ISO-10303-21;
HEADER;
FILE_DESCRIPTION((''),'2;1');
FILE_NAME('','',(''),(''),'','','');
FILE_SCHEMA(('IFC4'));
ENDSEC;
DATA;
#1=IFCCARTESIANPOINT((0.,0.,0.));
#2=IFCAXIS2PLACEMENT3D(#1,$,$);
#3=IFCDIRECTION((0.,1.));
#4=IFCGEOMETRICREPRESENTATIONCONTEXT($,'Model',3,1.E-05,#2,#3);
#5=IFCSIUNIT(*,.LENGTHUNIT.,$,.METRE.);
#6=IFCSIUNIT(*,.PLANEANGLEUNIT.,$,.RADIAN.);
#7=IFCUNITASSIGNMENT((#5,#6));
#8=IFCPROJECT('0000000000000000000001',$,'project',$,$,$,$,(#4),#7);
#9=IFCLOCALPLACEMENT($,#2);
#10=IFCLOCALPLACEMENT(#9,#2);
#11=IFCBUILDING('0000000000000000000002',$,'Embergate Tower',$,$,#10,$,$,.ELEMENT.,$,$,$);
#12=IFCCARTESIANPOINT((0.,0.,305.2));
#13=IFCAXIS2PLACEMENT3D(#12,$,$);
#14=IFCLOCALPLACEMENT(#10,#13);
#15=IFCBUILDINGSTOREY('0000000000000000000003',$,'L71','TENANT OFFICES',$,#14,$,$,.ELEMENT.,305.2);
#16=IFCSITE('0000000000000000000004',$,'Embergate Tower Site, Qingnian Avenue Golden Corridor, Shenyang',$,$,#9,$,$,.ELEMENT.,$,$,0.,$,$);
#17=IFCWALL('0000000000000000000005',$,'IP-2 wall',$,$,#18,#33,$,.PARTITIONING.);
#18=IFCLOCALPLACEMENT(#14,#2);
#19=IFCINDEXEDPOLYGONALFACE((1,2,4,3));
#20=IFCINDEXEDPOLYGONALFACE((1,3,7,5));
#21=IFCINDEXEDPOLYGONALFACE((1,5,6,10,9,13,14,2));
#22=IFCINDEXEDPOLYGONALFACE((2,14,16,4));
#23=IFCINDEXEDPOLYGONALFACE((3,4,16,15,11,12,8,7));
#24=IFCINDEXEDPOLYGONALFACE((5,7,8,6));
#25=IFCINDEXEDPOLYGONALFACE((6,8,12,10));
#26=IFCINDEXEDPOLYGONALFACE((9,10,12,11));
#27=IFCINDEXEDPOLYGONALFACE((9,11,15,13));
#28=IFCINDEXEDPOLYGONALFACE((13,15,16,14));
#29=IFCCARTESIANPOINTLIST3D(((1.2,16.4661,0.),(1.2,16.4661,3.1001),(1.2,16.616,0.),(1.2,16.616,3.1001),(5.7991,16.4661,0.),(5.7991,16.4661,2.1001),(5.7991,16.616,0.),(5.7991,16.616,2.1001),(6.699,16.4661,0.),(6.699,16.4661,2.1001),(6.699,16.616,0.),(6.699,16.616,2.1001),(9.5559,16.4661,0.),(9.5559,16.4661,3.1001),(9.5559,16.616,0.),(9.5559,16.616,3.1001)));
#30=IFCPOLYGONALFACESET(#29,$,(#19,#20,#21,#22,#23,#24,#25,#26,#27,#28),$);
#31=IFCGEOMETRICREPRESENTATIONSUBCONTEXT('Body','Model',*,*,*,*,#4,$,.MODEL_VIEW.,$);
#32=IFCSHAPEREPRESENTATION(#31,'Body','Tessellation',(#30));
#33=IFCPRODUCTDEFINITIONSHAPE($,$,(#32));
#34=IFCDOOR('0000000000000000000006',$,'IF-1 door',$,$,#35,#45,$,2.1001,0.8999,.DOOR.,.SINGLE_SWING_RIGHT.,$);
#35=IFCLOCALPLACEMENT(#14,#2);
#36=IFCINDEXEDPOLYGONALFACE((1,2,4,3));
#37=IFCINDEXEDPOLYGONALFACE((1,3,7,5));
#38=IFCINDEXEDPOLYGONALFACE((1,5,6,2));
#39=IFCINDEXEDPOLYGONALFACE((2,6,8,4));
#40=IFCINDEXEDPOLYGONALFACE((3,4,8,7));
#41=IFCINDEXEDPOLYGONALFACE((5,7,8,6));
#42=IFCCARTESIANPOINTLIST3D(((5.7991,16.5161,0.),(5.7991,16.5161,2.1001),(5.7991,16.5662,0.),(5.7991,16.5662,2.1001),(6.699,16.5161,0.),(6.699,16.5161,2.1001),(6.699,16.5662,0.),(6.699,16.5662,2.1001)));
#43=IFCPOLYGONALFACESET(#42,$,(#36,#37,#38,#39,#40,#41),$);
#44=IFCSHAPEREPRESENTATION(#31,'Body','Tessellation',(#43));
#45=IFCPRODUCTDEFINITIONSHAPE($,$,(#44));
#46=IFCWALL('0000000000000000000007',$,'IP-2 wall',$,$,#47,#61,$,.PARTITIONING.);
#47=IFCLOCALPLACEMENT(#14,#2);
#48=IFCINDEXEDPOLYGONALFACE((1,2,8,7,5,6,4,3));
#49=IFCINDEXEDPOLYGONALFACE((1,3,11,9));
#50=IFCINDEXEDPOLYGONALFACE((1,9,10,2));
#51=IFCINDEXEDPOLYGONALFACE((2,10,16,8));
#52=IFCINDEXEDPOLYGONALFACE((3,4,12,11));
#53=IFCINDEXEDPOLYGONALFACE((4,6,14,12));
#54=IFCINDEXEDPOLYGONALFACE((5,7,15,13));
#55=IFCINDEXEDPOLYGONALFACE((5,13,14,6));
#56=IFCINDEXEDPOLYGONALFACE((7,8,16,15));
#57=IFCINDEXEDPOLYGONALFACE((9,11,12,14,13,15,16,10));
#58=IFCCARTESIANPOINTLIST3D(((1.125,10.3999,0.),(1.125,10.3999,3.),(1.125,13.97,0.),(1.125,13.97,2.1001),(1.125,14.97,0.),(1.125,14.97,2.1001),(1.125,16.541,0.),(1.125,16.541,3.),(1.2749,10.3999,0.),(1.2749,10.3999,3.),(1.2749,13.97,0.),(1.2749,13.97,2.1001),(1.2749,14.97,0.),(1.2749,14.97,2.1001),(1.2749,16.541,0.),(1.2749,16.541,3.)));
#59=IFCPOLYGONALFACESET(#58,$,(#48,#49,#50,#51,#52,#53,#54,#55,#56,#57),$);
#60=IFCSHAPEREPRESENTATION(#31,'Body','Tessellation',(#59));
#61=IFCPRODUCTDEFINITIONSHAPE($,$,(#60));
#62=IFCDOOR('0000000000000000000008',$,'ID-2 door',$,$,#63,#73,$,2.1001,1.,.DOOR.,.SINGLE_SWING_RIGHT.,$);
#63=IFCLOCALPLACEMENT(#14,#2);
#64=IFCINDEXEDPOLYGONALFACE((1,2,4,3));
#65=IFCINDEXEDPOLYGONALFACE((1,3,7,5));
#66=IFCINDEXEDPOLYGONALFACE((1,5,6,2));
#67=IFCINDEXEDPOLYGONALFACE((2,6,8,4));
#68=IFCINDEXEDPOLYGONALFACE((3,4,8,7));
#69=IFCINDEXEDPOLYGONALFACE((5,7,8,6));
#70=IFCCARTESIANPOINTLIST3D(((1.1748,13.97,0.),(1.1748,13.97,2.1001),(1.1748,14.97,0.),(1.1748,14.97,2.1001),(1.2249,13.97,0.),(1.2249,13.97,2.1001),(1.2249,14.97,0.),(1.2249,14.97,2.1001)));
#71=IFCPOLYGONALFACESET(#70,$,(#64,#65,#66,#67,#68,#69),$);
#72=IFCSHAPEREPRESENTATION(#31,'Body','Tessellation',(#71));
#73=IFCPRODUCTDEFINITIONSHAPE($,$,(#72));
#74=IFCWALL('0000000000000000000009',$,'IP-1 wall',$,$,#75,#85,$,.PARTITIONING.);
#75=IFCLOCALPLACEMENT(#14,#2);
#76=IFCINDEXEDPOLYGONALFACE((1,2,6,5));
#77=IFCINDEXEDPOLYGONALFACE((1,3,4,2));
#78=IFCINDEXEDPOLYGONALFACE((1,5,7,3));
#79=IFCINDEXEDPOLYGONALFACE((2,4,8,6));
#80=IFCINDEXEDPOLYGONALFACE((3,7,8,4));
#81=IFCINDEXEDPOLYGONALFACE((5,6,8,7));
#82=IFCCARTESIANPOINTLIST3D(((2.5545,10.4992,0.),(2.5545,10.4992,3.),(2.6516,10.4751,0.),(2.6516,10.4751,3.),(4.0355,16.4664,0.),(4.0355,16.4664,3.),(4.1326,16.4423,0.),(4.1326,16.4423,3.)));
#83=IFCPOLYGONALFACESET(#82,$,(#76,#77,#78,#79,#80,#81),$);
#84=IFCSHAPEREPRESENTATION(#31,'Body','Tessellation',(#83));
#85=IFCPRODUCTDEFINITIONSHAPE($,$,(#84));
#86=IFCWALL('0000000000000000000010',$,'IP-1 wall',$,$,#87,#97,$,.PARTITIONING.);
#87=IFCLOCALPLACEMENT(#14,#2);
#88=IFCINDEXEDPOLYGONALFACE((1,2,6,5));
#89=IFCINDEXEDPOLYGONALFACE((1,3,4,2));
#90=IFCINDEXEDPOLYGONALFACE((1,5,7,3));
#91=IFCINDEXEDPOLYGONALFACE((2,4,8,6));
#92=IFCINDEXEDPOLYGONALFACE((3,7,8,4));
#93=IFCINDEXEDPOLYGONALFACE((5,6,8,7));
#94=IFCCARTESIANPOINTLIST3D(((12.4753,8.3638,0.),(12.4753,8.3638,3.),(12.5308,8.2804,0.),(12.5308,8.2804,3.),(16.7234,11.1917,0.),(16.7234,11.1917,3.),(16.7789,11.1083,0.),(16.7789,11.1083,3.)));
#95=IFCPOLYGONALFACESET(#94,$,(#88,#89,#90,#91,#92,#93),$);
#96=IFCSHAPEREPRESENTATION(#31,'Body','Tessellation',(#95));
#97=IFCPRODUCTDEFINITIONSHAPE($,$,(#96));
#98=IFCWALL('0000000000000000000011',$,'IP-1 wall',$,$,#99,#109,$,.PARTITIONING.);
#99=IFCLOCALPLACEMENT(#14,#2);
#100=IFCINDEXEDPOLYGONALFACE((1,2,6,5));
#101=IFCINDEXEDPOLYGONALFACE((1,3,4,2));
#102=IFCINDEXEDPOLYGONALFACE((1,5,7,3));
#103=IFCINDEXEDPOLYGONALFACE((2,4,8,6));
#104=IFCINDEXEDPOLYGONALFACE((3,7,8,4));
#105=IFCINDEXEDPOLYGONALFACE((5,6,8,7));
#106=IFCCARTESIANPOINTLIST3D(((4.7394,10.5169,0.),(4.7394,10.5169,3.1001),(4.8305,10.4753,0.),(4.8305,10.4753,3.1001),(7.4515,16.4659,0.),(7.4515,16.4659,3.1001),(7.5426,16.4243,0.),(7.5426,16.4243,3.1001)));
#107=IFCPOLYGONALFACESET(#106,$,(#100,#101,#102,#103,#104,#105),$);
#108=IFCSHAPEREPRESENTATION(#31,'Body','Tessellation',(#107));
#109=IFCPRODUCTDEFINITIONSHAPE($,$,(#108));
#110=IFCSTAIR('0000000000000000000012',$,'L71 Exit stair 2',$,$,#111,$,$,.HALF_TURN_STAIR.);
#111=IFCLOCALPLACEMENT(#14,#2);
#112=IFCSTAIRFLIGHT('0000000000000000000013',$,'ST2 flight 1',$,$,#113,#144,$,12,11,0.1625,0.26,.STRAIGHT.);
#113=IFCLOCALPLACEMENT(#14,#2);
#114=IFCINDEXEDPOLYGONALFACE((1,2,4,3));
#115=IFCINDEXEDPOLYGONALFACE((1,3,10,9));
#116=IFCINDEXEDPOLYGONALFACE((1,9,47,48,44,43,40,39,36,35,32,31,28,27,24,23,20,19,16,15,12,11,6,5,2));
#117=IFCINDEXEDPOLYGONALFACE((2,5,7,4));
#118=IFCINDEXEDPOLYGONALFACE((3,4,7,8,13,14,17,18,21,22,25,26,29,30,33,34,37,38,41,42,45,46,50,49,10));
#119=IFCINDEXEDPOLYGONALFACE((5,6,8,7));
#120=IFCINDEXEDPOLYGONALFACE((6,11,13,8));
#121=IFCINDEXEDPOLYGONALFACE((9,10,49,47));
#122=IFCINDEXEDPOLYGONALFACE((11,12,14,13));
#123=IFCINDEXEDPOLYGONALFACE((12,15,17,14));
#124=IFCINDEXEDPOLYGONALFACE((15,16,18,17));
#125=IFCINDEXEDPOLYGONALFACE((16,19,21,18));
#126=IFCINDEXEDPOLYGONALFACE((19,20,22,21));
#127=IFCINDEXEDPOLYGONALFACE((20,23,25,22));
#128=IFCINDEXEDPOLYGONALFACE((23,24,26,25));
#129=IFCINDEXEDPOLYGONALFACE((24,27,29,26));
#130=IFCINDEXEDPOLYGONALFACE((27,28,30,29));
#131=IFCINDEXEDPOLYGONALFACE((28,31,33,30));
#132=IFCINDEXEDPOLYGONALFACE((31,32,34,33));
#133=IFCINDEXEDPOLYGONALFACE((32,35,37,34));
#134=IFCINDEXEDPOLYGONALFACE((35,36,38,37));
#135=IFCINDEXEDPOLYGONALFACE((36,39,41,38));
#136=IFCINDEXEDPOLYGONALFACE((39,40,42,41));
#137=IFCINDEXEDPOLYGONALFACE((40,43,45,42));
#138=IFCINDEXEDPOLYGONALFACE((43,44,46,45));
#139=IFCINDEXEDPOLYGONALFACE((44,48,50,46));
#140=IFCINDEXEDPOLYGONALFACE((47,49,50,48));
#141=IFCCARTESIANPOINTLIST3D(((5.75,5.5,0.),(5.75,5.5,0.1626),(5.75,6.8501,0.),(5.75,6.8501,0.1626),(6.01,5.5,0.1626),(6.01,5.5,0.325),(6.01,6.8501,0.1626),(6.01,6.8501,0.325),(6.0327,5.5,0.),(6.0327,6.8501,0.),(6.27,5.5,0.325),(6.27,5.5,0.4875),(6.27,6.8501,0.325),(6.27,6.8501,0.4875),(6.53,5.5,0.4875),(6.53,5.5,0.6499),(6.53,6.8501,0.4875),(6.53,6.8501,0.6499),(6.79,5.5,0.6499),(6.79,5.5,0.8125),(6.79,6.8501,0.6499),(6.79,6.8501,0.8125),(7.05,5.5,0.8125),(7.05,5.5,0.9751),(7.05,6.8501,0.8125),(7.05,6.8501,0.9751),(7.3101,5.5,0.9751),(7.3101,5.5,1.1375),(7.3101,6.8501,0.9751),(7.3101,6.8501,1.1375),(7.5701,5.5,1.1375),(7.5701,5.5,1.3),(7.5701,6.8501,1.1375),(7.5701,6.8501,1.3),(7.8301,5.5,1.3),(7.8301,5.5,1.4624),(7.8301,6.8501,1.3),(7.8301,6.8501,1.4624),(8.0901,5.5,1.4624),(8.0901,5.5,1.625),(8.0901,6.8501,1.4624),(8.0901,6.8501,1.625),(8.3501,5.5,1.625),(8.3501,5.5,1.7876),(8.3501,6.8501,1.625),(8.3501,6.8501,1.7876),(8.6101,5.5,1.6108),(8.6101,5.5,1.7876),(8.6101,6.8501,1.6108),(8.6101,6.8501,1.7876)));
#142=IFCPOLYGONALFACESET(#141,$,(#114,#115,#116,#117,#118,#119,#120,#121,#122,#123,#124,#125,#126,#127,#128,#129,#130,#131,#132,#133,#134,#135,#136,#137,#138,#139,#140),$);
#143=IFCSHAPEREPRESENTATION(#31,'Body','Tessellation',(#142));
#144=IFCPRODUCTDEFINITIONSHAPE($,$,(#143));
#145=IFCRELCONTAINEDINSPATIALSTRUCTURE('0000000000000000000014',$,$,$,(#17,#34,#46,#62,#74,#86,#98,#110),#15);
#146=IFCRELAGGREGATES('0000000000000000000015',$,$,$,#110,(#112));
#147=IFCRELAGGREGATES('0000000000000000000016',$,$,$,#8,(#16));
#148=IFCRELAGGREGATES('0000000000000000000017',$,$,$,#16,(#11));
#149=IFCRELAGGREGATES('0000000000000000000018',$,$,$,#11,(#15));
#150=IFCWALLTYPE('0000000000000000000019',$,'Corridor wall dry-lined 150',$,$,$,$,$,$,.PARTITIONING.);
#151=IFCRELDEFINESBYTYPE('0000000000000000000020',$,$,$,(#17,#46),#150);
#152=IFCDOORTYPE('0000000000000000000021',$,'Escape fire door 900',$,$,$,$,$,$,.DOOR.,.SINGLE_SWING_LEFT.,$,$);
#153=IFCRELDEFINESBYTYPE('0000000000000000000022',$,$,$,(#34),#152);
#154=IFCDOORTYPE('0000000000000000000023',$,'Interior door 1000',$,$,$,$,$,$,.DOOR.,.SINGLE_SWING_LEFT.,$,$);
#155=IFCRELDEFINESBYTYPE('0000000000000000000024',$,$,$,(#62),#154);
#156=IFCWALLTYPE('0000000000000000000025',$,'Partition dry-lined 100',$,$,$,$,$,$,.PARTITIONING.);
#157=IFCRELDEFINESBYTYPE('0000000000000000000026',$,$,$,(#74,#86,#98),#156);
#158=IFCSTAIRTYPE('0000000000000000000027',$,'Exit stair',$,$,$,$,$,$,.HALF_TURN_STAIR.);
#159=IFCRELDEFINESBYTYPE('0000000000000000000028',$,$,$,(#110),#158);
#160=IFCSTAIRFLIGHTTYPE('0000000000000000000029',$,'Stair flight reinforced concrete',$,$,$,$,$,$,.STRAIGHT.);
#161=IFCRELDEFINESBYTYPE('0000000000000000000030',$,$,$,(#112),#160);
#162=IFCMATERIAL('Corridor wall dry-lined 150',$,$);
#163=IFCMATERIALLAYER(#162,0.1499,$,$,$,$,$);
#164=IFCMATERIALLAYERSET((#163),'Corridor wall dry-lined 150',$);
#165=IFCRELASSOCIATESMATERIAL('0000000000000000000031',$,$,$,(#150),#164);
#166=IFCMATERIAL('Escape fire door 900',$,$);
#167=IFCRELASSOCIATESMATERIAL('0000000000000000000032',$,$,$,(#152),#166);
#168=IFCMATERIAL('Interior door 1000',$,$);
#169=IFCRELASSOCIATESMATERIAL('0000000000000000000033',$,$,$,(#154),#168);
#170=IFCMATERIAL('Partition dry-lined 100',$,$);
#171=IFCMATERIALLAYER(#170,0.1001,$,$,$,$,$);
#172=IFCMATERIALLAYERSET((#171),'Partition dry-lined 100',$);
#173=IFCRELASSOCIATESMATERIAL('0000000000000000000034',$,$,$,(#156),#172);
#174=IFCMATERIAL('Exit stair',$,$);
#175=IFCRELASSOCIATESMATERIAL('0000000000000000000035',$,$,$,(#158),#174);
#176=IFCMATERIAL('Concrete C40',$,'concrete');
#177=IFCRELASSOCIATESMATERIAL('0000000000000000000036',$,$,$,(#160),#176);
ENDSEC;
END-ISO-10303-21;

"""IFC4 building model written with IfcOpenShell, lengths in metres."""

from ifc_helpers import new_model, si_unit, direction, frame, frame_2d, origin, place, context, subcontext, project, spatial, polyline, rectangle, outline, extrude, source, transform, mapped, material, layer, layer_set, type_object, element, fill, aggregate, save


model = new_model("IFC4")

# Units and contexts
model_context = context("Model", 3, precision=1e-05, world=origin(), true_north=direction((0.0, 1.0)))
body_context = subcontext(model_context, "Body", "Model", "MODEL_VIEW")
ifc_project = project(units=[si_unit("LENGTHUNIT", "METRE"), si_unit("PLANEANGLEUNIT", "RADIAN")], contexts=[model_context])

# Site, building, storey
site_placement = place(None, origin())
site = spatial("IfcSite", under=ifc_project, at=site_placement, Name="Embergate Tower Site, Qingnian Avenue Golden Corridor, Shenyang", CompositionType="ELEMENT", RefElevation=0.0)
building_placement = place(site_placement, origin())
building = spatial("IfcBuilding", under=site, at=building_placement, Name="Embergate Tower", CompositionType="ELEMENT")
storey_placement = place(building_placement, frame((0.0, 0.0, 305.2)))
storey = spatial("IfcBuildingStorey", under=building, at=storey_placement, Name="L71", Description="TENANT OFFICES", CompositionType="ELEMENT", Elevation=305.2)

# Shared definitions
ifc_material_1 = material(Name="Corridor wall dry-lined 150")
ifc_layer_1 = layer(ifc_material_1, 0.1499)
ifc_layer_set_1 = layer_set([ifc_layer_1], Name="Corridor wall dry-lined 150")
wall_type_1 = type_object("IfcWallType", Name="Corridor wall dry-lined 150", PredefinedType="PARTITIONING", material=ifc_layer_set_1)

# Shared definitions
shared_shape_1 = source(origin(), body_context, "Body", "SweptSolid", [
    extrude(rectangle(XDim=0.8999, YDim=2.1001, at=frame_2d((0.45, 1.05))), frame((0.0, 0.085, 0.0), z_axis=(0.0, -1.0, 0.0), x_axis=(1.0, 0.0, 0.0)), (0.0, 0.0, 1.0), 0.1699),
])
ifc_material_2 = material(Name="Escape fire door 900")
door_type_1 = type_object("IfcDoorType", Name="Escape fire door 900", OperationType="SINGLE_SWING_LEFT", PredefinedType="DOOR", material=ifc_material_2)
shared_shape_2 = source(origin(), body_context, "Body", "SweptSolid", [
    extrude(rectangle(XDim=0.8999, YDim=2.1001, at=frame_2d((0.45, 1.05))), frame((0.0, 0.0249, 0.0), z_axis=(0.0, -1.0, 0.0), x_axis=(1.0, 0.0, 0.0)), (0.0, 0.0, 1.0), 0.05),
])

# Shared definitions
shared_shape_3 = source(origin(), body_context, "Body", "SweptSolid", [
    extrude(rectangle(XDim=1.0, YDim=2.1001, at=frame_2d((0.5, 1.05))), frame((0.0, 0.085, 0.0), z_axis=(0.0, -1.0, 0.0), x_axis=(1.0, 0.0, 0.0)), (0.0, 0.0, 1.0), 0.1699),
])
ifc_material_3 = material(Name="Interior door 1000")
door_type_2 = type_object("IfcDoorType", Name="Interior door 1000", OperationType="SINGLE_SWING_LEFT", PredefinedType="DOOR", material=ifc_material_3)
shared_shape_4 = source(origin(), body_context, "Body", "SweptSolid", [
    extrude(rectangle(XDim=1.0, YDim=2.1001, at=frame_2d((0.5, 1.05))), frame((0.0, 0.0249, 0.0), z_axis=(0.0, -1.0, 0.0), x_axis=(1.0, 0.0, 0.0)), (0.0, 0.0, 1.0), 0.05),
])

# Walls, openings, doors
shared_shape_5 = source(origin(), body_context, "Body", "SweptSolid", [
    extrude(rectangle(XDim=8.356, YDim=0.1499, at=frame_2d((4.178, 0.0))), origin(), (0.0, 0.0, 1.0), 3.1001),
])
wall_1_placement = place(storey_placement, frame((9.5559, 16.541, 0.0), z_axis=(0.0, 0.0, 1.0), x_axis=(-1.0, 0.0, 0.0)))
wall_1 = element("IfcWall", 1, at=wall_1_placement, inside=storey, type_object=wall_type_1, Name="IP-2 wall", PredefinedType="PARTITIONING", context=body_context, shape_type="MappedRepresentation", body=[
    mapped(shared_shape_5, transform((0.0, 0.0, 0.0))),
])
opening_1_placement = place(wall_1_placement, frame((2.8569, 0.0, 0.0)))
opening_1 = element("IfcOpeningElement", 2, at=opening_1_placement, cuts=wall_1, PredefinedType="OPENING", context=body_context, shape_type="MappedRepresentation", body=[
    mapped(shared_shape_1, transform((0.0, 0.0, 0.0))),
])
door_1_placement = place(opening_1_placement, origin())
door_1 = element("IfcDoor", 3, at=door_1_placement, inside=storey, type_object=door_type_1, Name="IF-1 door", OperationType="SINGLE_SWING_RIGHT", OverallHeight=2.1001, OverallWidth=0.8999, PredefinedType="DOOR", context=body_context, shape_type="MappedRepresentation", body=[
    mapped(shared_shape_2, transform((0.0, 0.0, 0.0))),
])
fill(opening_1, door_1)
shared_shape_6 = source(origin(), body_context, "Body", "SweptSolid", [
    extrude(rectangle(XDim=6.1411, YDim=0.1499, at=frame_2d((3.0706, 0.0))), origin(), (0.0, 0.0, 1.0), 3.0),
])
wall_2_placement = place(storey_placement, frame((1.2, 16.541, 0.0), z_axis=(0.0, 0.0, 1.0), x_axis=(0.0, -1.0, 0.0)))
wall_2 = element("IfcWall", 4, at=wall_2_placement, inside=storey, type_object=wall_type_1, Name="IP-2 wall", PredefinedType="PARTITIONING", context=body_context, shape_type="MappedRepresentation", body=[
    mapped(shared_shape_6, transform((0.0, 0.0, 0.0))),
])
opening_2_placement = place(wall_2_placement, frame((1.571, 0.0, 0.0)))
opening_2 = element("IfcOpeningElement", 5, at=opening_2_placement, cuts=wall_2, PredefinedType="OPENING", context=body_context, shape_type="MappedRepresentation", body=[
    mapped(shared_shape_3, transform((0.0, 0.0, 0.0))),
])
door_2_placement = place(opening_2_placement, origin())
door_2 = element("IfcDoor", 6, at=door_2_placement, inside=storey, type_object=door_type_2, Name="ID-2 door", OperationType="SINGLE_SWING_RIGHT", OverallHeight=2.1001, OverallWidth=1.0, PredefinedType="DOOR", context=body_context, shape_type="MappedRepresentation", body=[
    mapped(shared_shape_4, transform((0.0, 0.0, 0.0))),
])
fill(opening_2, door_2)

# Walls
ifc_material_4 = material(Name="Partition dry-lined 100")
ifc_layer_2 = layer(ifc_material_4, 0.1001)
ifc_layer_set_2 = layer_set([ifc_layer_2], Name="Partition dry-lined 100")
wall_type_2 = type_object("IfcWallType", Name="Partition dry-lined 100", PredefinedType="PARTITIONING", material=ifc_layer_set_2)
shared_shape_7 = source(origin(), body_context, "Body", "SweptSolid", [
    extrude(rectangle(XDim=6.1482, YDim=0.1001, at=frame_2d((3.0742, 0.0))), origin(), (0.0, 0.0, 1.0), 3.0),
])
wall_3_placement = place(storey_placement, frame((2.603, 10.4871, 0.0), z_axis=(0.0, 0.0, 1.0), x_axis=(0.240881, 0.970555, 0.0)))
element("IfcWall", 7, at=wall_3_placement, inside=storey, type_object=wall_type_2, Name="IP-1 wall", PredefinedType="PARTITIONING", context=body_context, shape_type="MappedRepresentation", body=[
    mapped(shared_shape_7, transform((0.0, 0.0, 0.0))),
])
shared_shape_8 = source(origin(), body_context, "Body", "SweptSolid", [
    extrude(rectangle(XDim=5.1033, YDim=0.1001, at=frame_2d((2.5518, 0.0))), origin(), (0.0, 0.0, 1.0), 3.0),
])
wall_4_placement = place(storey_placement, frame((12.5029, 8.322, 0.0), z_axis=(0.0, 0.0, 1.0), x_axis=(0.832425, 0.554137, 0.0)))
element("IfcWall", 8, at=wall_4_placement, inside=storey, type_object=wall_type_2, Name="IP-1 wall", PredefinedType="PARTITIONING", context=body_context, shape_type="MappedRepresentation", body=[
    mapped(shared_shape_8, transform((0.0, 0.0, 0.0))),
])
shared_shape_9 = source(origin(), body_context, "Body", "SweptSolid", [
    extrude(rectangle(XDim=6.5381, YDim=0.1001, at=frame_2d((3.269, 0.0))), origin(), (0.0, 0.0, 1.0), 3.1001),
])
wall_5_placement = place(storey_placement, frame((4.7849, 10.4961, 0.0), z_axis=(0.0, 0.0, 1.0), x_axis=(0.414827, 0.9099, 0.0)))
element("IfcWall", 9, at=wall_5_placement, inside=storey, type_object=wall_type_2, Name="IP-1 wall", PredefinedType="PARTITIONING", context=body_context, shape_type="MappedRepresentation", body=[
    mapped(shared_shape_9, transform((0.0, 0.0, 0.0))),
])

# Stair, stair flight
ifc_material_5 = material(Name="Exit stair")
stair_type = type_object("IfcStairType", Name="Exit stair", PredefinedType="HALF_TURN_STAIR", material=ifc_material_5)
stair_placement = place(storey_placement, origin())
stair = element("IfcStair", 10, at=stair_placement, inside=storey, type_object=stair_type, Name="L71 Exit stair 2", PredefinedType="HALF_TURN_STAIR")
ifc_material_6 = material(Name="Concrete C40", Category="concrete")
stair_flight_type = type_object("IfcStairFlightType", Name="Stair flight reinforced concrete", PredefinedType="STRAIGHT", material=ifc_material_6)
shared_shape_10 = source(origin(), body_context, "Body", "SweptSolid", [
    extrude(outline(polyline([(0.0, 0.0), (0.0, 0.1626), (0.26, 0.1626), (0.26, 0.325), (0.52, 0.325), (0.52, 0.4875), (0.78, 0.4875), (0.78, 0.6499), (1.04, 0.6499), (1.04, 0.8125), (1.3, 0.8125), (1.3, 0.9751), (1.5601, 0.9751), (1.5601, 1.1375), (1.8201, 1.1375), (1.8201, 1.3), (2.0801, 1.3), (2.0801, 1.4624), (2.3401, 1.4624), (2.3401, 1.625), (2.6001, 1.625), (2.6001, 1.7876), (2.8601, 1.7876), (2.8601, 1.95), (2.8601, 1.6108), (0.2827, 0.0), (0.0, 0.0)])), frame((0.0, 0.675, 0.0), z_axis=(0.0, -1.0, 0.0), x_axis=(1.0, 0.0, 0.0)), (0.0, 0.0, 1.0), 1.3501),
])
stair_flight_1_placement = place(storey_placement, frame((5.75, 6.175, 0.0), z_axis=(0.0, 0.0, 1.0), x_axis=(1.0, 0.0, 0.0)))
stair_flight_1 = element("IfcStairFlight", 11, at=stair_flight_1_placement, type_object=stair_flight_type, Name="ST2 flight 1", NumberOfRisers=12, NumberOfTreads=11, PredefinedType="STRAIGHT", RiserHeight=0.1625, TreadLength=0.26, context=body_context, shape_type="MappedRepresentation", body=[
    mapped(shared_shape_10, transform((0.0, 0.0, 0.0))),
])
aggregate(stair, [stair_flight_1])

save(model, "model.ifc")
